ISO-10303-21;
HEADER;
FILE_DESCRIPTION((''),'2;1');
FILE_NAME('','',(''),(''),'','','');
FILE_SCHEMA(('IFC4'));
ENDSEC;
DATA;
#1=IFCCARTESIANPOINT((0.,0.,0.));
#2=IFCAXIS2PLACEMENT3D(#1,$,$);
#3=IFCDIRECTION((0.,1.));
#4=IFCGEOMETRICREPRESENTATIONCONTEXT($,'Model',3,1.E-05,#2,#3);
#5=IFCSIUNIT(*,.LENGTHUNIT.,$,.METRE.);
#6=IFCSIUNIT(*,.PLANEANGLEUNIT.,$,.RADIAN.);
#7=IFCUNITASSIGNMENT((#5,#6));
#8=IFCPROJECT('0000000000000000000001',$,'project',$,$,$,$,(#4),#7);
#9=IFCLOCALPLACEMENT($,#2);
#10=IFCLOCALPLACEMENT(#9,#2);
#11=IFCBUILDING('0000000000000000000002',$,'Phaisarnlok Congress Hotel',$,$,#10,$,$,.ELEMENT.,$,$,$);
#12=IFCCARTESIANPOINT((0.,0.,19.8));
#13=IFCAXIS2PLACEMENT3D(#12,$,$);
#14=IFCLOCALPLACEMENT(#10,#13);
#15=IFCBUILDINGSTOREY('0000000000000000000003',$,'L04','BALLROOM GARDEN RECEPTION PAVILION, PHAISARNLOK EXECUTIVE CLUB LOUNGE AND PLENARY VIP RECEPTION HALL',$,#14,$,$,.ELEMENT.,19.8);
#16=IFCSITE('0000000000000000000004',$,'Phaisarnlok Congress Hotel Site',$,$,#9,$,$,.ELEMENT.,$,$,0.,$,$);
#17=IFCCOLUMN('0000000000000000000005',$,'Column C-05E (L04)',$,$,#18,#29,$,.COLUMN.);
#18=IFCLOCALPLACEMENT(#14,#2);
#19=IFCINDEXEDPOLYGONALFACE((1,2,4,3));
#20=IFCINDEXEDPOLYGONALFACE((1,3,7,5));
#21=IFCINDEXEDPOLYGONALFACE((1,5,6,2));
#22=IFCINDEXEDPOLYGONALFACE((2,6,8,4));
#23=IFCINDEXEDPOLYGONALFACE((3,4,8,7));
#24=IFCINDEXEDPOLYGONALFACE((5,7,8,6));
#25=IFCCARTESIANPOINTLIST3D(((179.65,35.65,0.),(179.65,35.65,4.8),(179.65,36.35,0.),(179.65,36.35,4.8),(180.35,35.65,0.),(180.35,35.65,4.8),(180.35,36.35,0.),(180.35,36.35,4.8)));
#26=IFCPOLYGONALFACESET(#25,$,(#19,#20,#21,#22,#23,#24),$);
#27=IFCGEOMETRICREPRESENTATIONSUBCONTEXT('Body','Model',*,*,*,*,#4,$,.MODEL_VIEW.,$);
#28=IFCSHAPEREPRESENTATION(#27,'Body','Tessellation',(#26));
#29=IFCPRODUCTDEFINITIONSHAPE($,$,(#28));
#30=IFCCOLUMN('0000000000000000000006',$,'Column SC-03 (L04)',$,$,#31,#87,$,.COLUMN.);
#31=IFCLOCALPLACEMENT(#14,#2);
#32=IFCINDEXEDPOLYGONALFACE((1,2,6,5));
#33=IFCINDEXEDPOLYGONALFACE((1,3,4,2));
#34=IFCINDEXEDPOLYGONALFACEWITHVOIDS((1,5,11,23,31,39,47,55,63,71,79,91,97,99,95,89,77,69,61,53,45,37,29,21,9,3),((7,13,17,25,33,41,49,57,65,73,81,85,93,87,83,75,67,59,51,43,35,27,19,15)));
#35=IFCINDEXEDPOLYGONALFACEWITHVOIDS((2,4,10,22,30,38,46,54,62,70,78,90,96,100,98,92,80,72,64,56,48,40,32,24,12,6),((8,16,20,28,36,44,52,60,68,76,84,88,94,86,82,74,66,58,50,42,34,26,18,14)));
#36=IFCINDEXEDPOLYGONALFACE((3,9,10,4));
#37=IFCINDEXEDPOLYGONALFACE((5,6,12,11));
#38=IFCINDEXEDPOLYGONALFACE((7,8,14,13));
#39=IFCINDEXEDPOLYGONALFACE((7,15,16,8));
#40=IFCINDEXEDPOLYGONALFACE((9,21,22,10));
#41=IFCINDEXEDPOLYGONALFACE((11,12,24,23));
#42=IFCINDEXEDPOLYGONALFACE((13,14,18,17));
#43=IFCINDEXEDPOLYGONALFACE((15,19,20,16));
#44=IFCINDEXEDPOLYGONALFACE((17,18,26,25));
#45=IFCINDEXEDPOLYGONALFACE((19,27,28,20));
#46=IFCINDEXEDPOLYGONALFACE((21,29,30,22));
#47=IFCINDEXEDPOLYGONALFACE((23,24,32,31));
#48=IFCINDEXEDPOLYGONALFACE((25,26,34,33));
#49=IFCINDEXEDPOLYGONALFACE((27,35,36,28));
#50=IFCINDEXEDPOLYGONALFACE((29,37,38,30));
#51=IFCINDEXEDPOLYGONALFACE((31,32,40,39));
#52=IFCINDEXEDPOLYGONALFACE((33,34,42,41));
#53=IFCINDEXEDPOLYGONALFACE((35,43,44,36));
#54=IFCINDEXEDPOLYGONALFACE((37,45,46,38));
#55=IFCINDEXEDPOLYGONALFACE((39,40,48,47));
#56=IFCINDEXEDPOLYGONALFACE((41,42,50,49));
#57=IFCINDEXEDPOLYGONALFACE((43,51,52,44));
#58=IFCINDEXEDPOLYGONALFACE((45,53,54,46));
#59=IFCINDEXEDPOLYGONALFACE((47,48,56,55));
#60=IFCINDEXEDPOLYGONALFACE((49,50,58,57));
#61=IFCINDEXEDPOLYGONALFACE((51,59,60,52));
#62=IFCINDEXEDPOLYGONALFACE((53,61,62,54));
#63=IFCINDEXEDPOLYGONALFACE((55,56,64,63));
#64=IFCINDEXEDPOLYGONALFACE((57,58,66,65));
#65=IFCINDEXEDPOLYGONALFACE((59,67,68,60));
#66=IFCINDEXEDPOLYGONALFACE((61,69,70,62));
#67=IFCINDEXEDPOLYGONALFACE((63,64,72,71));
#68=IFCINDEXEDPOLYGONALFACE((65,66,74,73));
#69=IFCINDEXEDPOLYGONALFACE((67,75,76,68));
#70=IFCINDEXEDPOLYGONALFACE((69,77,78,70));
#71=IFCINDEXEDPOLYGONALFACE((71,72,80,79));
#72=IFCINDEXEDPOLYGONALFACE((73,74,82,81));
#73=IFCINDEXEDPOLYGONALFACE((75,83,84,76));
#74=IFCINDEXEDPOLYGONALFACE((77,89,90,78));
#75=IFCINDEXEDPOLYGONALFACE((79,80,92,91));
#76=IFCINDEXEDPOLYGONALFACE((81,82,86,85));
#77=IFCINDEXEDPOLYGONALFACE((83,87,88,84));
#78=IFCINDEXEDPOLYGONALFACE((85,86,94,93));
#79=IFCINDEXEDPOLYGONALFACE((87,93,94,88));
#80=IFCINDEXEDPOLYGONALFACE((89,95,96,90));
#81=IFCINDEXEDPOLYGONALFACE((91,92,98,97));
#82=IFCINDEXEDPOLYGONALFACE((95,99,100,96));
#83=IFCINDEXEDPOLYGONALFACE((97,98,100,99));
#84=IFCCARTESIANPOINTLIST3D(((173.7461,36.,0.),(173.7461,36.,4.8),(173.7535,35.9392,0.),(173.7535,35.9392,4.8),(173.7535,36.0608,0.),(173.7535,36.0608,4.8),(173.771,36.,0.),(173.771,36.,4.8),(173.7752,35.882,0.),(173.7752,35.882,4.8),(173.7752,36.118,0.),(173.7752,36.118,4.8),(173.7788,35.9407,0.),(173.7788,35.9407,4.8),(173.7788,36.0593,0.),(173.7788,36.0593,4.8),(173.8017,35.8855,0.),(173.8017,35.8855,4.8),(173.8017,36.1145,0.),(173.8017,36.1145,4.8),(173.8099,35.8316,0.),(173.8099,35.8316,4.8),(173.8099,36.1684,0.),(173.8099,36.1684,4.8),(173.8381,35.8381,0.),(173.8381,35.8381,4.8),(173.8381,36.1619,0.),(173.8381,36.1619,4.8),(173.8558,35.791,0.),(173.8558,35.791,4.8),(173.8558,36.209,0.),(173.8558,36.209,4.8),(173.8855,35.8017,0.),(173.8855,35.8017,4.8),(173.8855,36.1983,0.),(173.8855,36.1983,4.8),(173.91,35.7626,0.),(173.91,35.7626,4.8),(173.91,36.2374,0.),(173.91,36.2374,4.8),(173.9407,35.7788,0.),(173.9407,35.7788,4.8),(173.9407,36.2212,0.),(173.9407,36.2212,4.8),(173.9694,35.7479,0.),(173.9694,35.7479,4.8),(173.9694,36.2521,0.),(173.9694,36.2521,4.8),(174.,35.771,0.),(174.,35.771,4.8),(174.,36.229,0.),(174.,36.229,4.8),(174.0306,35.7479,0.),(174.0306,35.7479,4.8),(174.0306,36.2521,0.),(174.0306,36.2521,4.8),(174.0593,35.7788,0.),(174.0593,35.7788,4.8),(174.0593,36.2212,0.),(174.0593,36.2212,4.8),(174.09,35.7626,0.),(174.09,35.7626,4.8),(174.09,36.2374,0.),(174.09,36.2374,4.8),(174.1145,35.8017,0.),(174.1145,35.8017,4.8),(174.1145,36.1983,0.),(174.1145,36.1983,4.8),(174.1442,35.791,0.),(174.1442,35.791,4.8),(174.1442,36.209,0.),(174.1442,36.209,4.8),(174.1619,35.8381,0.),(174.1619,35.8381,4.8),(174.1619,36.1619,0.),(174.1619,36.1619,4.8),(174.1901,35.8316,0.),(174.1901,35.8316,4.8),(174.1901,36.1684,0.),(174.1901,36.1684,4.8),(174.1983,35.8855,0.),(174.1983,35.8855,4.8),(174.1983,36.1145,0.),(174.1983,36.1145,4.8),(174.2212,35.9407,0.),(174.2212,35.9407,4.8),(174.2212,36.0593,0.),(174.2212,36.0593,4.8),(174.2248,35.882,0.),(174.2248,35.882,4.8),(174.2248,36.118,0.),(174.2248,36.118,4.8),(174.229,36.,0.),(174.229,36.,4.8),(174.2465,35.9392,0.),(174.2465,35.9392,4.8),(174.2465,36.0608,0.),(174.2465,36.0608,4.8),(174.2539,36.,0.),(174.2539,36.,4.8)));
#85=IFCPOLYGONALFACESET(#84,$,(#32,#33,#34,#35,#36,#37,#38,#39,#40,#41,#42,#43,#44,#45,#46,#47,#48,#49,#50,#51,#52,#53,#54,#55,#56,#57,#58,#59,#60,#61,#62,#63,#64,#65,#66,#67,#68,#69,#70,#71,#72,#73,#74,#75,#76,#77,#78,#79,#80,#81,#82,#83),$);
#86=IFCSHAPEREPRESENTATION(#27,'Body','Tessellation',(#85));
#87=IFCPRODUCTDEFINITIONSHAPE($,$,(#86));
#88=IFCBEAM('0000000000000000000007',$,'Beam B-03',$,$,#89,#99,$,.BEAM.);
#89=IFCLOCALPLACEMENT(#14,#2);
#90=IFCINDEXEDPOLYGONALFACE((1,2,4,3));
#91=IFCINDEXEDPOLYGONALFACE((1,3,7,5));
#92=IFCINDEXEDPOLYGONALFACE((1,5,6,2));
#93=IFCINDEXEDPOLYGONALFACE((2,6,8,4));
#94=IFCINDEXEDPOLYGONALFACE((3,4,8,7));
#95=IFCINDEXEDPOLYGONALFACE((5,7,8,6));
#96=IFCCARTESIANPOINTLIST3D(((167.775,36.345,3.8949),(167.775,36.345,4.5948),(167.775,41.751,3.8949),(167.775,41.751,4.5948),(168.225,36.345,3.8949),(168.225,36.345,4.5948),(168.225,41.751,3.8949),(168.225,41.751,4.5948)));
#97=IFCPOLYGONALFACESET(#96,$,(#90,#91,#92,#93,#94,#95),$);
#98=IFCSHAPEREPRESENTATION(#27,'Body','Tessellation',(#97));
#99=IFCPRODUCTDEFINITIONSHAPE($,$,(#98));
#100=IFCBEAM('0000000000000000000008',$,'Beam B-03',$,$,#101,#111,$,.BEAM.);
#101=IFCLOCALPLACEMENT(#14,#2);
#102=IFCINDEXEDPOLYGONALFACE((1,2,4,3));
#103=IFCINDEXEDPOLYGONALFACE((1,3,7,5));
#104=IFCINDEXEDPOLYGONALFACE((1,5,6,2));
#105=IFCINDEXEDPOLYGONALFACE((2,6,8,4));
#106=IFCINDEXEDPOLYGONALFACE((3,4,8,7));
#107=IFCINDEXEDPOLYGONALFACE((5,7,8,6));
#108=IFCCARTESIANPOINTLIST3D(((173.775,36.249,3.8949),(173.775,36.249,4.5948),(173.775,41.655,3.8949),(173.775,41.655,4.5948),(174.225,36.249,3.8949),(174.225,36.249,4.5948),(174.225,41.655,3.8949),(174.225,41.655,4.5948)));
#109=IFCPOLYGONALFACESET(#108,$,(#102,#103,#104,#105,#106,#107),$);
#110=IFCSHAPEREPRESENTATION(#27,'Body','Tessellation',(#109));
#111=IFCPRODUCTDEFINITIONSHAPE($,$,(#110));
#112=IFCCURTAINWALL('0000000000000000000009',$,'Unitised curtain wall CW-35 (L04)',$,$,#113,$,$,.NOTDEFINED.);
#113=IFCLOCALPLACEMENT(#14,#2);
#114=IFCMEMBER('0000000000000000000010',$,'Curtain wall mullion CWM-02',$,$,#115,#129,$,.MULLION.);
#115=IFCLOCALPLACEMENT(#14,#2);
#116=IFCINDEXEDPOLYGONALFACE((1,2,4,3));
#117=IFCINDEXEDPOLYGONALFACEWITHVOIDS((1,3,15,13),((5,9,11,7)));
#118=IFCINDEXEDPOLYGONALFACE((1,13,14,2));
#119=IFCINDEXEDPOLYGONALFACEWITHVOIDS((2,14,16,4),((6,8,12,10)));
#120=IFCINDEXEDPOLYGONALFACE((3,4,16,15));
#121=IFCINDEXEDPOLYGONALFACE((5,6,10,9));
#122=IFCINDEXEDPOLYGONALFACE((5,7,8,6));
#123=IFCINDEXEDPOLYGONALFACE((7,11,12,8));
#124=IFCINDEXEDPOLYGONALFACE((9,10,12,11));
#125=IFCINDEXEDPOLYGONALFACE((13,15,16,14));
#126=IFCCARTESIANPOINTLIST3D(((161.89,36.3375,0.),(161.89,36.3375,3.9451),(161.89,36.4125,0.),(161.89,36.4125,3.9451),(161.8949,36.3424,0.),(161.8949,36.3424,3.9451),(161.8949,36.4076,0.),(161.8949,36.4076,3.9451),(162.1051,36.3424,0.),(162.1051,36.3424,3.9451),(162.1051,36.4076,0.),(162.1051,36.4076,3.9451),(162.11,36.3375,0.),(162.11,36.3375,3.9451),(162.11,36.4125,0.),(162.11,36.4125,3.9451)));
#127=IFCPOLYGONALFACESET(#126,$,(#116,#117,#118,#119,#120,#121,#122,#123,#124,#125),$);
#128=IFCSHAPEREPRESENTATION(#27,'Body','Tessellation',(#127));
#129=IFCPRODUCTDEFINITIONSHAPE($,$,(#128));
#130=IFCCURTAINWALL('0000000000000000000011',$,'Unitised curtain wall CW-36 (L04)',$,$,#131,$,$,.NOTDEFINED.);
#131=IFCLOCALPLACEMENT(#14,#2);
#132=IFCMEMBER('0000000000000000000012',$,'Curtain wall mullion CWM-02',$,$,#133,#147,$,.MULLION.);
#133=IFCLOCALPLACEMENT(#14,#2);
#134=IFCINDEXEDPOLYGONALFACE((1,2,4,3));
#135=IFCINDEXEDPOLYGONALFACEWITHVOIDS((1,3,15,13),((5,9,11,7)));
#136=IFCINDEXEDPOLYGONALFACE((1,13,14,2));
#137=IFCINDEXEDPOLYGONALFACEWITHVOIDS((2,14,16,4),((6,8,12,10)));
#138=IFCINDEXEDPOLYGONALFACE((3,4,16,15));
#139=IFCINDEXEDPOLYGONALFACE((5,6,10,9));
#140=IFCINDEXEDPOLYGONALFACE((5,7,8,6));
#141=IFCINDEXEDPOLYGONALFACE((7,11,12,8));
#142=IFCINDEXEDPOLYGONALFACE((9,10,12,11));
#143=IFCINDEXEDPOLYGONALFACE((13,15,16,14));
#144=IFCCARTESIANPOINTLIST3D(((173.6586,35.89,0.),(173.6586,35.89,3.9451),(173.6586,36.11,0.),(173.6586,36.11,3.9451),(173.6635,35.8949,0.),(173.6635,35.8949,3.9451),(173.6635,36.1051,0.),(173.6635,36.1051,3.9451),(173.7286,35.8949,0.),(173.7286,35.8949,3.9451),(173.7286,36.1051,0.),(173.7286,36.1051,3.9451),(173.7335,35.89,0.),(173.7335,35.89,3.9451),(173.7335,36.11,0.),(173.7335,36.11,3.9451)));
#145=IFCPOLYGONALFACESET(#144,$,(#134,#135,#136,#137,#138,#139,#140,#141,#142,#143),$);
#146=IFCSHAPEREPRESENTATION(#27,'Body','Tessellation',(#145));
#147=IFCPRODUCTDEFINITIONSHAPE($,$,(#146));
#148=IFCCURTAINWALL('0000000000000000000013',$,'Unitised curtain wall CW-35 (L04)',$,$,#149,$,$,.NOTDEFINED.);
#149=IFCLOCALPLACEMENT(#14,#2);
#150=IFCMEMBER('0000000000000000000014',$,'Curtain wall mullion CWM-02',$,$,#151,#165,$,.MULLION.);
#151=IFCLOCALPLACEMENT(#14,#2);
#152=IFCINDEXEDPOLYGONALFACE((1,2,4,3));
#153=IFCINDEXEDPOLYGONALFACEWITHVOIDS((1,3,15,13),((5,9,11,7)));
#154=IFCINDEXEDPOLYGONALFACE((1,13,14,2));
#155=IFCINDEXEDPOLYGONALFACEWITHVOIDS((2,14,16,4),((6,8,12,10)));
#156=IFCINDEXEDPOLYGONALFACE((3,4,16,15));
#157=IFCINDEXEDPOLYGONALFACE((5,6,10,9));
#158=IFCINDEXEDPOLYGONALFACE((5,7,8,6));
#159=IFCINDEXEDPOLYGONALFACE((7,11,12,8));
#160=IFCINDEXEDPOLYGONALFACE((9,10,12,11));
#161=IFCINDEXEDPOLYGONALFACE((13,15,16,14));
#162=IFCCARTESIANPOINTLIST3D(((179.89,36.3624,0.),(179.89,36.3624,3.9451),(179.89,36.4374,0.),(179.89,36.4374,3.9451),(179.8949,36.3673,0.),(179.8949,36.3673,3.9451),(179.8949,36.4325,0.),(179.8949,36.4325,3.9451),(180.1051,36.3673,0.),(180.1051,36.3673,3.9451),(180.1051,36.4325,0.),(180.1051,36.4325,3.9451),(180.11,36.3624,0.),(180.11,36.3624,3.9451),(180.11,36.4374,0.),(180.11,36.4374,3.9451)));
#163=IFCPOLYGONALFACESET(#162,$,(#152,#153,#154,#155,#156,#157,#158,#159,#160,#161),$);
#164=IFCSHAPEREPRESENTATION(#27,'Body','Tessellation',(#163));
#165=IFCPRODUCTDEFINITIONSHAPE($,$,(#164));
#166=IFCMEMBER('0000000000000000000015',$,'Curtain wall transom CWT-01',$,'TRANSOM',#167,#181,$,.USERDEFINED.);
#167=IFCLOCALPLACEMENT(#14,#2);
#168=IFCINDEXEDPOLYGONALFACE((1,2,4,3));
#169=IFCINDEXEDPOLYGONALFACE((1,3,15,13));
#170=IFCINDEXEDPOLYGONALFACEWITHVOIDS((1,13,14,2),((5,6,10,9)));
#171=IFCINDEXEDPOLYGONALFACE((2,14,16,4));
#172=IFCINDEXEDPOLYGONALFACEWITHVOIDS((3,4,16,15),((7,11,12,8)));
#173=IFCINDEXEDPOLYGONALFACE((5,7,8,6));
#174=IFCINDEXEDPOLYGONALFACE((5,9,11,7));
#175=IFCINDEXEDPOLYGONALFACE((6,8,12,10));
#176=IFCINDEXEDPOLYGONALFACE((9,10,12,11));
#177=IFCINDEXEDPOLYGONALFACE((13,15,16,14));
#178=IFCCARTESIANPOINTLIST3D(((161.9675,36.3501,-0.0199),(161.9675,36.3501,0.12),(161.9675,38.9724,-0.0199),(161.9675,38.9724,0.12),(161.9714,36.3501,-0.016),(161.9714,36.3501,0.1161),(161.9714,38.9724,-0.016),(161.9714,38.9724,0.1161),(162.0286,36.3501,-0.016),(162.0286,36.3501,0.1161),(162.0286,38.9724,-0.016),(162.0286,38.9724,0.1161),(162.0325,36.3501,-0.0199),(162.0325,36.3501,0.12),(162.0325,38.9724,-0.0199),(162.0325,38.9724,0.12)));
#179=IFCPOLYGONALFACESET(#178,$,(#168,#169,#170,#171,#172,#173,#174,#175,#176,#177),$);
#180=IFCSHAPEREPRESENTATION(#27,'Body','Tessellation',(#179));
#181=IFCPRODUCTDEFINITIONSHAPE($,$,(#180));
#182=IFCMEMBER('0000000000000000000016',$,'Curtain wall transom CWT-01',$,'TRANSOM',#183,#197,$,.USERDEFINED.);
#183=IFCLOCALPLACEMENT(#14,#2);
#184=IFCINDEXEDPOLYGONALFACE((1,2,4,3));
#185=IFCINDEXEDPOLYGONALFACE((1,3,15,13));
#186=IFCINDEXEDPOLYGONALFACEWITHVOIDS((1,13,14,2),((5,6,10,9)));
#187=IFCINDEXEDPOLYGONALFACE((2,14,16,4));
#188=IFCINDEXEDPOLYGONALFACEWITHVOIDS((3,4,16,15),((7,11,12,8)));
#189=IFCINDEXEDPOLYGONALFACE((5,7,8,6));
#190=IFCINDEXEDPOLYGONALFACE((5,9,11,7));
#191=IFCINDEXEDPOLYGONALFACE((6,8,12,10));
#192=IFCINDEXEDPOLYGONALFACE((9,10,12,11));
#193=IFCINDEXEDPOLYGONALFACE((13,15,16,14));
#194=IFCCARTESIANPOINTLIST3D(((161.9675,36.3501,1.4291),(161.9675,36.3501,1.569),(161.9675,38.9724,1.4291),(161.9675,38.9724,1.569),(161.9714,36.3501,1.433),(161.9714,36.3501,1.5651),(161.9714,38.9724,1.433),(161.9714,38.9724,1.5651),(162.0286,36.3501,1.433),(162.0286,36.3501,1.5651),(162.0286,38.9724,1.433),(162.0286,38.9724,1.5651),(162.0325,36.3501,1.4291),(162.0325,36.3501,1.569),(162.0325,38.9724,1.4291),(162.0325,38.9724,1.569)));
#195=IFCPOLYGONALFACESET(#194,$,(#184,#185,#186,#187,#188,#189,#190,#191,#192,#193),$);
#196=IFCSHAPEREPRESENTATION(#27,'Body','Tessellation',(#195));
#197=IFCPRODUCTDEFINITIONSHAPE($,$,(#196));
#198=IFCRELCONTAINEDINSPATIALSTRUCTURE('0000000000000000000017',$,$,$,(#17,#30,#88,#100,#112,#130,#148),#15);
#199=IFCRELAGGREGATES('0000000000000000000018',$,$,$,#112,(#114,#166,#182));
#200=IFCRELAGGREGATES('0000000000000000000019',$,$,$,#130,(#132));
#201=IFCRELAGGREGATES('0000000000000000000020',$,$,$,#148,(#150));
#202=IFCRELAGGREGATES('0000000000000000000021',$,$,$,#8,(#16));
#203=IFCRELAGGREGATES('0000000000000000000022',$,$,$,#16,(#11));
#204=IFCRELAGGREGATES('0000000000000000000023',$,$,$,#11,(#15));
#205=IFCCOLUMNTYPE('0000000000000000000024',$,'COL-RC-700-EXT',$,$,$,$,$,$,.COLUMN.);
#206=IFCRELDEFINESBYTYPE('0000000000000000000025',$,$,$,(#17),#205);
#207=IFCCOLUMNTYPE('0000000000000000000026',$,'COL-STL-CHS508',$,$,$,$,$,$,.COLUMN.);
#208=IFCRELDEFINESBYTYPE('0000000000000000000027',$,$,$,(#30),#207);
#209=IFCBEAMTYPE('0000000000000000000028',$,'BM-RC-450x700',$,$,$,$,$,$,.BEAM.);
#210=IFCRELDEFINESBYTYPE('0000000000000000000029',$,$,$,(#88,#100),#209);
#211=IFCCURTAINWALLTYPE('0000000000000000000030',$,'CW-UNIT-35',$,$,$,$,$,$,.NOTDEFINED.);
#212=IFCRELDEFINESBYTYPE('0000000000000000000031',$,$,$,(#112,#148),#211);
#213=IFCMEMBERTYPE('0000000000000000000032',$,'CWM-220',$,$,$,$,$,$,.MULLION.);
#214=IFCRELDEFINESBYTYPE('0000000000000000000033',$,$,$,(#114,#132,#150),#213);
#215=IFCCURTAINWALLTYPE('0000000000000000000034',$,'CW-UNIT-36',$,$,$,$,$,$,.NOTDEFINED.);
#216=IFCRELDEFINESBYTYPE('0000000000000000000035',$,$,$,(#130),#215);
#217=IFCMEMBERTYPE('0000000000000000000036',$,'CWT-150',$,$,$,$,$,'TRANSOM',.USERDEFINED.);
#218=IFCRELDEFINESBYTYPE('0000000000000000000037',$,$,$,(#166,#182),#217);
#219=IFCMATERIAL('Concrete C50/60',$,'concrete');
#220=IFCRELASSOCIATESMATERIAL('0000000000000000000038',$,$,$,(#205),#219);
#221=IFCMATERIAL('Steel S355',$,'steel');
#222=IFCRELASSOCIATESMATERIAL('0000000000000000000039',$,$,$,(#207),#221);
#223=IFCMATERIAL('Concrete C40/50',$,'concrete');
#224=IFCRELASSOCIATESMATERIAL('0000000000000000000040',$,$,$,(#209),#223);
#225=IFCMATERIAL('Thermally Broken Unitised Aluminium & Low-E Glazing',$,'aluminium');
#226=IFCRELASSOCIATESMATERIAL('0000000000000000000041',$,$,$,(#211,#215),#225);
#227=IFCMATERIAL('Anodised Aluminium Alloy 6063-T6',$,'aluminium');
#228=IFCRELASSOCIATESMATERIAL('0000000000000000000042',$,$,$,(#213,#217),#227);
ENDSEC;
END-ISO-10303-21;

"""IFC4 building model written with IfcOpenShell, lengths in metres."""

from ifc_helpers import new_model, si_unit, direction, frame, origin, origin_2d, place, context, subcontext, project, spatial, rectangle, hollow_rectangle, hollow_circle, extrude, material, material_profile, profile_set, type_object, element, aggregate, save


model = new_model("IFC4")

# Units and contexts
model_context = context("Model", 3, precision=1e-05, world=origin(), true_north=direction((0.0, 1.0)))
body_context = subcontext(model_context, "Body", "Model", "MODEL_VIEW")
ifc_project = project(units=[si_unit("LENGTHUNIT", "METRE"), si_unit("PLANEANGLEUNIT", "RADIAN")], contexts=[model_context])

# Site, building, storey
site_placement = place(None, origin())
site = spatial("IfcSite", under=ifc_project, at=site_placement, Name="Phaisarnlok Congress Hotel Site", CompositionType="ELEMENT", RefElevation=0.0)
building_placement = place(site_placement, origin())
building = spatial("IfcBuilding", under=site, at=building_placement, Name="Phaisarnlok Congress Hotel", CompositionType="ELEMENT")
storey_placement = place(building_placement, frame((0.0, 0.0, 19.8)))
storey = spatial("IfcBuildingStorey", under=building, at=storey_placement, Name="L04", Description="BALLROOM GARDEN RECEPTION PAVILION, PHAISARNLOK EXECUTIVE CLUB LOUNGE AND PLENARY VIP RECEPTION HALL", CompositionType="ELEMENT", Elevation=19.8)

# Columns
ifc_material_1 = material(Name="Concrete C50/60", Category="concrete")
ifc_material_profile_1 = material_profile(ifc_material_1, rectangle(XDim=0.7, YDim=0.7, at=origin_2d()), Name="RC 700x700")
ifc_profile_set_1 = profile_set([ifc_material_profile_1], Name="Concrete C50/60")
column_type_1 = type_object("IfcColumnType", Name="COL-RC-700-EXT", PredefinedType="COLUMN", material=ifc_profile_set_1)
column_1_placement = place(storey_placement, frame((180.0, 36.0, 0.0), z_axis=(0.0, 0.0, 1.0), x_axis=(1.0, 0.0, 0.0)))
element("IfcColumn", 1, at=column_1_placement, inside=storey, type_object=column_type_1, Name="Column C-05E (L04)", PredefinedType="COLUMN", context=body_context, shape_type="SweptSolid", body=[
    extrude(rectangle(XDim=0.7, YDim=0.7, at=origin_2d()), origin(), (0.0, 0.0, 1.0), 4.8),
])
ifc_material_2 = material(Name="Steel S355", Category="steel")
ifc_material_profile_2 = material_profile(ifc_material_2, hollow_circle(Radius=0.2539, WallThickness=0.0249, at=origin_2d()), Name="CHS 508x25")
ifc_profile_set_2 = profile_set([ifc_material_profile_2], Name="Steel S355")
column_type_2 = type_object("IfcColumnType", Name="COL-STL-CHS508", PredefinedType="COLUMN", material=ifc_profile_set_2)
column_2_placement = place(storey_placement, frame((174.0, 36.0, 0.0), z_axis=(0.0, 0.0, 1.0), x_axis=(1.0, 0.0, 0.0)))
element("IfcColumn", 2, at=column_2_placement, inside=storey, type_object=column_type_2, Name="Column SC-03 (L04)", PredefinedType="COLUMN", context=body_context, shape_type="SweptSolid", body=[
    extrude(hollow_circle(Radius=0.2539, WallThickness=0.0249, at=origin_2d()), origin(), (0.0, 0.0, 1.0), 4.8),
])

# Beams
ifc_material_3 = material(Name="Concrete C40/50", Category="concrete")
ifc_material_profile_3 = material_profile(ifc_material_3, rectangle(XDim=0.45, YDim=0.7, at=origin_2d()), Name="RC 450x700")
ifc_profile_set_3 = profile_set([ifc_material_profile_3], Name="Concrete C40/50")
beam_type_1 = type_object("IfcBeamType", Name="BM-RC-450x700", PredefinedType="BEAM", material=ifc_profile_set_3)
for number, where, z_axis, x_axis, name in (
    (3, (168.0, 36.345, 4.2449), (0.0, 1.0, 0.0), (-1.0, 0.0, 0.0), "Beam B-03"),
    (4, (174.0, 36.249, 4.2449), (0.0, 1.0, 0.0), (-1.0, 0.0, 0.0), "Beam B-03"),
):
    element("IfcBeam", number, at=place(storey_placement, frame(where, z_axis=z_axis, x_axis=x_axis)), inside=storey, type_object=beam_type_1, Name=name, PredefinedType="BEAM", context=body_context, shape_type="SweptSolid", body=[
        extrude(rectangle(XDim=0.45, YDim=0.7, at=origin_2d()), origin(), (0.0, 0.0, 1.0), 5.406),
    ])

# Curtain walls, members
ifc_material_4 = material(Name="Thermally Broken Unitised Aluminium & Low-E Glazing", Category="aluminium")
curtain_wall_type_1 = type_object("IfcCurtainWallType", Name="CW-UNIT-35", PredefinedType="NOTDEFINED", material=ifc_material_4)
curtain_wall_1_placement = place(storey_placement, origin())
curtain_wall_1 = element("IfcCurtainWall", 5, at=curtain_wall_1_placement, inside=storey, type_object=curtain_wall_type_1, Name="Unitised curtain wall CW-35 (L04)", PredefinedType="NOTDEFINED")
ifc_material_5 = material(Name="Anodised Aluminium Alloy 6063-T6", Category="aluminium")
ifc_material_profile_4 = material_profile(ifc_material_5, hollow_rectangle(XDim=0.075, YDim=0.22, WallThickness=0.0049, at=origin_2d()), Name="ALU-M 75x220x5")
ifc_profile_set_4 = profile_set([ifc_material_profile_4], Name="Anodised Aluminium Alloy 6063-T6")
member_type_1 = type_object("IfcMemberType", Name="CWM-220", PredefinedType="MULLION", material=ifc_profile_set_4)
member_1_placement = place(storey_placement, frame((162.0, 36.375, 0.0), z_axis=(0.0, 0.0, 1.0), x_axis=(0.0, -1.0, 0.0)))
member_1 = element("IfcMember", 6, at=member_1_placement, type_object=member_type_1, Name="Curtain wall mullion CWM-02", PredefinedType="MULLION", context=body_context, shape_type="SweptSolid", body=[
    extrude(hollow_rectangle(XDim=0.075, YDim=0.22, WallThickness=0.0049, at=origin_2d()), origin(), (0.0, 0.0, 1.0), 3.9451),
])
curtain_wall_type_2 = type_object("IfcCurtainWallType", Name="CW-UNIT-36", PredefinedType="NOTDEFINED", material=ifc_material_4)
curtain_wall_2_placement = place(storey_placement, origin())
curtain_wall_2 = element("IfcCurtainWall", 7, at=curtain_wall_2_placement, inside=storey, type_object=curtain_wall_type_2, Name="Unitised curtain wall CW-36 (L04)", PredefinedType="NOTDEFINED")
member_2_placement = place(storey_placement, frame((173.696, 36.0, 0.0), z_axis=(0.0, 0.0, 1.0), x_axis=(1.0, 0.0, 0.0)))
member_2 = element("IfcMember", 8, at=member_2_placement, type_object=member_type_1, Name="Curtain wall mullion CWM-02", PredefinedType="MULLION", context=body_context, shape_type="SweptSolid", body=[
    extrude(hollow_rectangle(XDim=0.075, YDim=0.22, WallThickness=0.0049, at=origin_2d()), origin(), (0.0, 0.0, 1.0), 3.9451),
])
curtain_wall_3_placement = place(storey_placement, origin())
curtain_wall_3 = element("IfcCurtainWall", 9, at=curtain_wall_3_placement, inside=storey, type_object=curtain_wall_type_1, Name="Unitised curtain wall CW-35 (L04)", PredefinedType="NOTDEFINED")
member_3_placement = place(storey_placement, frame((180.0, 36.3999, 0.0), z_axis=(0.0, 0.0, 1.0), x_axis=(0.0, 1.0, 0.0)))
member_3 = element("IfcMember", 10, at=member_3_placement, type_object=member_type_1, Name="Curtain wall mullion CWM-02", PredefinedType="MULLION", context=body_context, shape_type="SweptSolid", body=[
    extrude(hollow_rectangle(XDim=0.075, YDim=0.22, WallThickness=0.0049, at=origin_2d()), origin(), (0.0, 0.0, 1.0), 3.9451),
])

# Members
ifc_material_profile_5 = material_profile(ifc_material_5, hollow_rectangle(XDim=0.0649, YDim=0.1399, WallThickness=0.0039, at=origin_2d()), Name="ALU-T 65x140x4")
ifc_profile_set_5 = profile_set([ifc_material_profile_5], Name="Anodised Aluminium Alloy 6063-T6")
member_type_2 = type_object("IfcMemberType", Name="CWT-150", ElementType="TRANSOM", PredefinedType="USERDEFINED", material=ifc_profile_set_5)
member_4_placement = place(storey_placement, frame((162.0, 38.9724, 0.05), z_axis=(0.0, -1.0, 0.0), x_axis=(1.0, 0.0, 0.0)))
member_4 = element("IfcMember", 11, at=member_4_placement, type_object=member_type_2, Name="Curtain wall transom CWT-01", ObjectType="TRANSOM", PredefinedType="USERDEFINED", context=body_context, shape_type="SweptSolid", body=[
    extrude(hollow_rectangle(XDim=0.0649, YDim=0.1399, WallThickness=0.0039, at=origin_2d()), origin(), (0.0, 0.0, 1.0), 2.6223),
])
member_5_placement = place(storey_placement, frame((162.0, 38.9724, 1.499), z_axis=(0.0, -1.0, 0.0), x_axis=(1.0, 0.0, 0.0)))
member_5 = element("IfcMember", 12, at=member_5_placement, type_object=member_type_2, Name="Curtain wall transom CWT-01", ObjectType="TRANSOM", PredefinedType="USERDEFINED", context=body_context, shape_type="SweptSolid", body=[
    extrude(hollow_rectangle(XDim=0.0649, YDim=0.1399, WallThickness=0.0039, at=origin_2d()), origin(), (0.0, 0.0, 1.0), 2.6223),
])
aggregate(curtain_wall_1, [member_1, member_4, member_5])

aggregate(curtain_wall_2, [member_2])
aggregate(curtain_wall_3, [member_3])

save(model, "model.ifc")
